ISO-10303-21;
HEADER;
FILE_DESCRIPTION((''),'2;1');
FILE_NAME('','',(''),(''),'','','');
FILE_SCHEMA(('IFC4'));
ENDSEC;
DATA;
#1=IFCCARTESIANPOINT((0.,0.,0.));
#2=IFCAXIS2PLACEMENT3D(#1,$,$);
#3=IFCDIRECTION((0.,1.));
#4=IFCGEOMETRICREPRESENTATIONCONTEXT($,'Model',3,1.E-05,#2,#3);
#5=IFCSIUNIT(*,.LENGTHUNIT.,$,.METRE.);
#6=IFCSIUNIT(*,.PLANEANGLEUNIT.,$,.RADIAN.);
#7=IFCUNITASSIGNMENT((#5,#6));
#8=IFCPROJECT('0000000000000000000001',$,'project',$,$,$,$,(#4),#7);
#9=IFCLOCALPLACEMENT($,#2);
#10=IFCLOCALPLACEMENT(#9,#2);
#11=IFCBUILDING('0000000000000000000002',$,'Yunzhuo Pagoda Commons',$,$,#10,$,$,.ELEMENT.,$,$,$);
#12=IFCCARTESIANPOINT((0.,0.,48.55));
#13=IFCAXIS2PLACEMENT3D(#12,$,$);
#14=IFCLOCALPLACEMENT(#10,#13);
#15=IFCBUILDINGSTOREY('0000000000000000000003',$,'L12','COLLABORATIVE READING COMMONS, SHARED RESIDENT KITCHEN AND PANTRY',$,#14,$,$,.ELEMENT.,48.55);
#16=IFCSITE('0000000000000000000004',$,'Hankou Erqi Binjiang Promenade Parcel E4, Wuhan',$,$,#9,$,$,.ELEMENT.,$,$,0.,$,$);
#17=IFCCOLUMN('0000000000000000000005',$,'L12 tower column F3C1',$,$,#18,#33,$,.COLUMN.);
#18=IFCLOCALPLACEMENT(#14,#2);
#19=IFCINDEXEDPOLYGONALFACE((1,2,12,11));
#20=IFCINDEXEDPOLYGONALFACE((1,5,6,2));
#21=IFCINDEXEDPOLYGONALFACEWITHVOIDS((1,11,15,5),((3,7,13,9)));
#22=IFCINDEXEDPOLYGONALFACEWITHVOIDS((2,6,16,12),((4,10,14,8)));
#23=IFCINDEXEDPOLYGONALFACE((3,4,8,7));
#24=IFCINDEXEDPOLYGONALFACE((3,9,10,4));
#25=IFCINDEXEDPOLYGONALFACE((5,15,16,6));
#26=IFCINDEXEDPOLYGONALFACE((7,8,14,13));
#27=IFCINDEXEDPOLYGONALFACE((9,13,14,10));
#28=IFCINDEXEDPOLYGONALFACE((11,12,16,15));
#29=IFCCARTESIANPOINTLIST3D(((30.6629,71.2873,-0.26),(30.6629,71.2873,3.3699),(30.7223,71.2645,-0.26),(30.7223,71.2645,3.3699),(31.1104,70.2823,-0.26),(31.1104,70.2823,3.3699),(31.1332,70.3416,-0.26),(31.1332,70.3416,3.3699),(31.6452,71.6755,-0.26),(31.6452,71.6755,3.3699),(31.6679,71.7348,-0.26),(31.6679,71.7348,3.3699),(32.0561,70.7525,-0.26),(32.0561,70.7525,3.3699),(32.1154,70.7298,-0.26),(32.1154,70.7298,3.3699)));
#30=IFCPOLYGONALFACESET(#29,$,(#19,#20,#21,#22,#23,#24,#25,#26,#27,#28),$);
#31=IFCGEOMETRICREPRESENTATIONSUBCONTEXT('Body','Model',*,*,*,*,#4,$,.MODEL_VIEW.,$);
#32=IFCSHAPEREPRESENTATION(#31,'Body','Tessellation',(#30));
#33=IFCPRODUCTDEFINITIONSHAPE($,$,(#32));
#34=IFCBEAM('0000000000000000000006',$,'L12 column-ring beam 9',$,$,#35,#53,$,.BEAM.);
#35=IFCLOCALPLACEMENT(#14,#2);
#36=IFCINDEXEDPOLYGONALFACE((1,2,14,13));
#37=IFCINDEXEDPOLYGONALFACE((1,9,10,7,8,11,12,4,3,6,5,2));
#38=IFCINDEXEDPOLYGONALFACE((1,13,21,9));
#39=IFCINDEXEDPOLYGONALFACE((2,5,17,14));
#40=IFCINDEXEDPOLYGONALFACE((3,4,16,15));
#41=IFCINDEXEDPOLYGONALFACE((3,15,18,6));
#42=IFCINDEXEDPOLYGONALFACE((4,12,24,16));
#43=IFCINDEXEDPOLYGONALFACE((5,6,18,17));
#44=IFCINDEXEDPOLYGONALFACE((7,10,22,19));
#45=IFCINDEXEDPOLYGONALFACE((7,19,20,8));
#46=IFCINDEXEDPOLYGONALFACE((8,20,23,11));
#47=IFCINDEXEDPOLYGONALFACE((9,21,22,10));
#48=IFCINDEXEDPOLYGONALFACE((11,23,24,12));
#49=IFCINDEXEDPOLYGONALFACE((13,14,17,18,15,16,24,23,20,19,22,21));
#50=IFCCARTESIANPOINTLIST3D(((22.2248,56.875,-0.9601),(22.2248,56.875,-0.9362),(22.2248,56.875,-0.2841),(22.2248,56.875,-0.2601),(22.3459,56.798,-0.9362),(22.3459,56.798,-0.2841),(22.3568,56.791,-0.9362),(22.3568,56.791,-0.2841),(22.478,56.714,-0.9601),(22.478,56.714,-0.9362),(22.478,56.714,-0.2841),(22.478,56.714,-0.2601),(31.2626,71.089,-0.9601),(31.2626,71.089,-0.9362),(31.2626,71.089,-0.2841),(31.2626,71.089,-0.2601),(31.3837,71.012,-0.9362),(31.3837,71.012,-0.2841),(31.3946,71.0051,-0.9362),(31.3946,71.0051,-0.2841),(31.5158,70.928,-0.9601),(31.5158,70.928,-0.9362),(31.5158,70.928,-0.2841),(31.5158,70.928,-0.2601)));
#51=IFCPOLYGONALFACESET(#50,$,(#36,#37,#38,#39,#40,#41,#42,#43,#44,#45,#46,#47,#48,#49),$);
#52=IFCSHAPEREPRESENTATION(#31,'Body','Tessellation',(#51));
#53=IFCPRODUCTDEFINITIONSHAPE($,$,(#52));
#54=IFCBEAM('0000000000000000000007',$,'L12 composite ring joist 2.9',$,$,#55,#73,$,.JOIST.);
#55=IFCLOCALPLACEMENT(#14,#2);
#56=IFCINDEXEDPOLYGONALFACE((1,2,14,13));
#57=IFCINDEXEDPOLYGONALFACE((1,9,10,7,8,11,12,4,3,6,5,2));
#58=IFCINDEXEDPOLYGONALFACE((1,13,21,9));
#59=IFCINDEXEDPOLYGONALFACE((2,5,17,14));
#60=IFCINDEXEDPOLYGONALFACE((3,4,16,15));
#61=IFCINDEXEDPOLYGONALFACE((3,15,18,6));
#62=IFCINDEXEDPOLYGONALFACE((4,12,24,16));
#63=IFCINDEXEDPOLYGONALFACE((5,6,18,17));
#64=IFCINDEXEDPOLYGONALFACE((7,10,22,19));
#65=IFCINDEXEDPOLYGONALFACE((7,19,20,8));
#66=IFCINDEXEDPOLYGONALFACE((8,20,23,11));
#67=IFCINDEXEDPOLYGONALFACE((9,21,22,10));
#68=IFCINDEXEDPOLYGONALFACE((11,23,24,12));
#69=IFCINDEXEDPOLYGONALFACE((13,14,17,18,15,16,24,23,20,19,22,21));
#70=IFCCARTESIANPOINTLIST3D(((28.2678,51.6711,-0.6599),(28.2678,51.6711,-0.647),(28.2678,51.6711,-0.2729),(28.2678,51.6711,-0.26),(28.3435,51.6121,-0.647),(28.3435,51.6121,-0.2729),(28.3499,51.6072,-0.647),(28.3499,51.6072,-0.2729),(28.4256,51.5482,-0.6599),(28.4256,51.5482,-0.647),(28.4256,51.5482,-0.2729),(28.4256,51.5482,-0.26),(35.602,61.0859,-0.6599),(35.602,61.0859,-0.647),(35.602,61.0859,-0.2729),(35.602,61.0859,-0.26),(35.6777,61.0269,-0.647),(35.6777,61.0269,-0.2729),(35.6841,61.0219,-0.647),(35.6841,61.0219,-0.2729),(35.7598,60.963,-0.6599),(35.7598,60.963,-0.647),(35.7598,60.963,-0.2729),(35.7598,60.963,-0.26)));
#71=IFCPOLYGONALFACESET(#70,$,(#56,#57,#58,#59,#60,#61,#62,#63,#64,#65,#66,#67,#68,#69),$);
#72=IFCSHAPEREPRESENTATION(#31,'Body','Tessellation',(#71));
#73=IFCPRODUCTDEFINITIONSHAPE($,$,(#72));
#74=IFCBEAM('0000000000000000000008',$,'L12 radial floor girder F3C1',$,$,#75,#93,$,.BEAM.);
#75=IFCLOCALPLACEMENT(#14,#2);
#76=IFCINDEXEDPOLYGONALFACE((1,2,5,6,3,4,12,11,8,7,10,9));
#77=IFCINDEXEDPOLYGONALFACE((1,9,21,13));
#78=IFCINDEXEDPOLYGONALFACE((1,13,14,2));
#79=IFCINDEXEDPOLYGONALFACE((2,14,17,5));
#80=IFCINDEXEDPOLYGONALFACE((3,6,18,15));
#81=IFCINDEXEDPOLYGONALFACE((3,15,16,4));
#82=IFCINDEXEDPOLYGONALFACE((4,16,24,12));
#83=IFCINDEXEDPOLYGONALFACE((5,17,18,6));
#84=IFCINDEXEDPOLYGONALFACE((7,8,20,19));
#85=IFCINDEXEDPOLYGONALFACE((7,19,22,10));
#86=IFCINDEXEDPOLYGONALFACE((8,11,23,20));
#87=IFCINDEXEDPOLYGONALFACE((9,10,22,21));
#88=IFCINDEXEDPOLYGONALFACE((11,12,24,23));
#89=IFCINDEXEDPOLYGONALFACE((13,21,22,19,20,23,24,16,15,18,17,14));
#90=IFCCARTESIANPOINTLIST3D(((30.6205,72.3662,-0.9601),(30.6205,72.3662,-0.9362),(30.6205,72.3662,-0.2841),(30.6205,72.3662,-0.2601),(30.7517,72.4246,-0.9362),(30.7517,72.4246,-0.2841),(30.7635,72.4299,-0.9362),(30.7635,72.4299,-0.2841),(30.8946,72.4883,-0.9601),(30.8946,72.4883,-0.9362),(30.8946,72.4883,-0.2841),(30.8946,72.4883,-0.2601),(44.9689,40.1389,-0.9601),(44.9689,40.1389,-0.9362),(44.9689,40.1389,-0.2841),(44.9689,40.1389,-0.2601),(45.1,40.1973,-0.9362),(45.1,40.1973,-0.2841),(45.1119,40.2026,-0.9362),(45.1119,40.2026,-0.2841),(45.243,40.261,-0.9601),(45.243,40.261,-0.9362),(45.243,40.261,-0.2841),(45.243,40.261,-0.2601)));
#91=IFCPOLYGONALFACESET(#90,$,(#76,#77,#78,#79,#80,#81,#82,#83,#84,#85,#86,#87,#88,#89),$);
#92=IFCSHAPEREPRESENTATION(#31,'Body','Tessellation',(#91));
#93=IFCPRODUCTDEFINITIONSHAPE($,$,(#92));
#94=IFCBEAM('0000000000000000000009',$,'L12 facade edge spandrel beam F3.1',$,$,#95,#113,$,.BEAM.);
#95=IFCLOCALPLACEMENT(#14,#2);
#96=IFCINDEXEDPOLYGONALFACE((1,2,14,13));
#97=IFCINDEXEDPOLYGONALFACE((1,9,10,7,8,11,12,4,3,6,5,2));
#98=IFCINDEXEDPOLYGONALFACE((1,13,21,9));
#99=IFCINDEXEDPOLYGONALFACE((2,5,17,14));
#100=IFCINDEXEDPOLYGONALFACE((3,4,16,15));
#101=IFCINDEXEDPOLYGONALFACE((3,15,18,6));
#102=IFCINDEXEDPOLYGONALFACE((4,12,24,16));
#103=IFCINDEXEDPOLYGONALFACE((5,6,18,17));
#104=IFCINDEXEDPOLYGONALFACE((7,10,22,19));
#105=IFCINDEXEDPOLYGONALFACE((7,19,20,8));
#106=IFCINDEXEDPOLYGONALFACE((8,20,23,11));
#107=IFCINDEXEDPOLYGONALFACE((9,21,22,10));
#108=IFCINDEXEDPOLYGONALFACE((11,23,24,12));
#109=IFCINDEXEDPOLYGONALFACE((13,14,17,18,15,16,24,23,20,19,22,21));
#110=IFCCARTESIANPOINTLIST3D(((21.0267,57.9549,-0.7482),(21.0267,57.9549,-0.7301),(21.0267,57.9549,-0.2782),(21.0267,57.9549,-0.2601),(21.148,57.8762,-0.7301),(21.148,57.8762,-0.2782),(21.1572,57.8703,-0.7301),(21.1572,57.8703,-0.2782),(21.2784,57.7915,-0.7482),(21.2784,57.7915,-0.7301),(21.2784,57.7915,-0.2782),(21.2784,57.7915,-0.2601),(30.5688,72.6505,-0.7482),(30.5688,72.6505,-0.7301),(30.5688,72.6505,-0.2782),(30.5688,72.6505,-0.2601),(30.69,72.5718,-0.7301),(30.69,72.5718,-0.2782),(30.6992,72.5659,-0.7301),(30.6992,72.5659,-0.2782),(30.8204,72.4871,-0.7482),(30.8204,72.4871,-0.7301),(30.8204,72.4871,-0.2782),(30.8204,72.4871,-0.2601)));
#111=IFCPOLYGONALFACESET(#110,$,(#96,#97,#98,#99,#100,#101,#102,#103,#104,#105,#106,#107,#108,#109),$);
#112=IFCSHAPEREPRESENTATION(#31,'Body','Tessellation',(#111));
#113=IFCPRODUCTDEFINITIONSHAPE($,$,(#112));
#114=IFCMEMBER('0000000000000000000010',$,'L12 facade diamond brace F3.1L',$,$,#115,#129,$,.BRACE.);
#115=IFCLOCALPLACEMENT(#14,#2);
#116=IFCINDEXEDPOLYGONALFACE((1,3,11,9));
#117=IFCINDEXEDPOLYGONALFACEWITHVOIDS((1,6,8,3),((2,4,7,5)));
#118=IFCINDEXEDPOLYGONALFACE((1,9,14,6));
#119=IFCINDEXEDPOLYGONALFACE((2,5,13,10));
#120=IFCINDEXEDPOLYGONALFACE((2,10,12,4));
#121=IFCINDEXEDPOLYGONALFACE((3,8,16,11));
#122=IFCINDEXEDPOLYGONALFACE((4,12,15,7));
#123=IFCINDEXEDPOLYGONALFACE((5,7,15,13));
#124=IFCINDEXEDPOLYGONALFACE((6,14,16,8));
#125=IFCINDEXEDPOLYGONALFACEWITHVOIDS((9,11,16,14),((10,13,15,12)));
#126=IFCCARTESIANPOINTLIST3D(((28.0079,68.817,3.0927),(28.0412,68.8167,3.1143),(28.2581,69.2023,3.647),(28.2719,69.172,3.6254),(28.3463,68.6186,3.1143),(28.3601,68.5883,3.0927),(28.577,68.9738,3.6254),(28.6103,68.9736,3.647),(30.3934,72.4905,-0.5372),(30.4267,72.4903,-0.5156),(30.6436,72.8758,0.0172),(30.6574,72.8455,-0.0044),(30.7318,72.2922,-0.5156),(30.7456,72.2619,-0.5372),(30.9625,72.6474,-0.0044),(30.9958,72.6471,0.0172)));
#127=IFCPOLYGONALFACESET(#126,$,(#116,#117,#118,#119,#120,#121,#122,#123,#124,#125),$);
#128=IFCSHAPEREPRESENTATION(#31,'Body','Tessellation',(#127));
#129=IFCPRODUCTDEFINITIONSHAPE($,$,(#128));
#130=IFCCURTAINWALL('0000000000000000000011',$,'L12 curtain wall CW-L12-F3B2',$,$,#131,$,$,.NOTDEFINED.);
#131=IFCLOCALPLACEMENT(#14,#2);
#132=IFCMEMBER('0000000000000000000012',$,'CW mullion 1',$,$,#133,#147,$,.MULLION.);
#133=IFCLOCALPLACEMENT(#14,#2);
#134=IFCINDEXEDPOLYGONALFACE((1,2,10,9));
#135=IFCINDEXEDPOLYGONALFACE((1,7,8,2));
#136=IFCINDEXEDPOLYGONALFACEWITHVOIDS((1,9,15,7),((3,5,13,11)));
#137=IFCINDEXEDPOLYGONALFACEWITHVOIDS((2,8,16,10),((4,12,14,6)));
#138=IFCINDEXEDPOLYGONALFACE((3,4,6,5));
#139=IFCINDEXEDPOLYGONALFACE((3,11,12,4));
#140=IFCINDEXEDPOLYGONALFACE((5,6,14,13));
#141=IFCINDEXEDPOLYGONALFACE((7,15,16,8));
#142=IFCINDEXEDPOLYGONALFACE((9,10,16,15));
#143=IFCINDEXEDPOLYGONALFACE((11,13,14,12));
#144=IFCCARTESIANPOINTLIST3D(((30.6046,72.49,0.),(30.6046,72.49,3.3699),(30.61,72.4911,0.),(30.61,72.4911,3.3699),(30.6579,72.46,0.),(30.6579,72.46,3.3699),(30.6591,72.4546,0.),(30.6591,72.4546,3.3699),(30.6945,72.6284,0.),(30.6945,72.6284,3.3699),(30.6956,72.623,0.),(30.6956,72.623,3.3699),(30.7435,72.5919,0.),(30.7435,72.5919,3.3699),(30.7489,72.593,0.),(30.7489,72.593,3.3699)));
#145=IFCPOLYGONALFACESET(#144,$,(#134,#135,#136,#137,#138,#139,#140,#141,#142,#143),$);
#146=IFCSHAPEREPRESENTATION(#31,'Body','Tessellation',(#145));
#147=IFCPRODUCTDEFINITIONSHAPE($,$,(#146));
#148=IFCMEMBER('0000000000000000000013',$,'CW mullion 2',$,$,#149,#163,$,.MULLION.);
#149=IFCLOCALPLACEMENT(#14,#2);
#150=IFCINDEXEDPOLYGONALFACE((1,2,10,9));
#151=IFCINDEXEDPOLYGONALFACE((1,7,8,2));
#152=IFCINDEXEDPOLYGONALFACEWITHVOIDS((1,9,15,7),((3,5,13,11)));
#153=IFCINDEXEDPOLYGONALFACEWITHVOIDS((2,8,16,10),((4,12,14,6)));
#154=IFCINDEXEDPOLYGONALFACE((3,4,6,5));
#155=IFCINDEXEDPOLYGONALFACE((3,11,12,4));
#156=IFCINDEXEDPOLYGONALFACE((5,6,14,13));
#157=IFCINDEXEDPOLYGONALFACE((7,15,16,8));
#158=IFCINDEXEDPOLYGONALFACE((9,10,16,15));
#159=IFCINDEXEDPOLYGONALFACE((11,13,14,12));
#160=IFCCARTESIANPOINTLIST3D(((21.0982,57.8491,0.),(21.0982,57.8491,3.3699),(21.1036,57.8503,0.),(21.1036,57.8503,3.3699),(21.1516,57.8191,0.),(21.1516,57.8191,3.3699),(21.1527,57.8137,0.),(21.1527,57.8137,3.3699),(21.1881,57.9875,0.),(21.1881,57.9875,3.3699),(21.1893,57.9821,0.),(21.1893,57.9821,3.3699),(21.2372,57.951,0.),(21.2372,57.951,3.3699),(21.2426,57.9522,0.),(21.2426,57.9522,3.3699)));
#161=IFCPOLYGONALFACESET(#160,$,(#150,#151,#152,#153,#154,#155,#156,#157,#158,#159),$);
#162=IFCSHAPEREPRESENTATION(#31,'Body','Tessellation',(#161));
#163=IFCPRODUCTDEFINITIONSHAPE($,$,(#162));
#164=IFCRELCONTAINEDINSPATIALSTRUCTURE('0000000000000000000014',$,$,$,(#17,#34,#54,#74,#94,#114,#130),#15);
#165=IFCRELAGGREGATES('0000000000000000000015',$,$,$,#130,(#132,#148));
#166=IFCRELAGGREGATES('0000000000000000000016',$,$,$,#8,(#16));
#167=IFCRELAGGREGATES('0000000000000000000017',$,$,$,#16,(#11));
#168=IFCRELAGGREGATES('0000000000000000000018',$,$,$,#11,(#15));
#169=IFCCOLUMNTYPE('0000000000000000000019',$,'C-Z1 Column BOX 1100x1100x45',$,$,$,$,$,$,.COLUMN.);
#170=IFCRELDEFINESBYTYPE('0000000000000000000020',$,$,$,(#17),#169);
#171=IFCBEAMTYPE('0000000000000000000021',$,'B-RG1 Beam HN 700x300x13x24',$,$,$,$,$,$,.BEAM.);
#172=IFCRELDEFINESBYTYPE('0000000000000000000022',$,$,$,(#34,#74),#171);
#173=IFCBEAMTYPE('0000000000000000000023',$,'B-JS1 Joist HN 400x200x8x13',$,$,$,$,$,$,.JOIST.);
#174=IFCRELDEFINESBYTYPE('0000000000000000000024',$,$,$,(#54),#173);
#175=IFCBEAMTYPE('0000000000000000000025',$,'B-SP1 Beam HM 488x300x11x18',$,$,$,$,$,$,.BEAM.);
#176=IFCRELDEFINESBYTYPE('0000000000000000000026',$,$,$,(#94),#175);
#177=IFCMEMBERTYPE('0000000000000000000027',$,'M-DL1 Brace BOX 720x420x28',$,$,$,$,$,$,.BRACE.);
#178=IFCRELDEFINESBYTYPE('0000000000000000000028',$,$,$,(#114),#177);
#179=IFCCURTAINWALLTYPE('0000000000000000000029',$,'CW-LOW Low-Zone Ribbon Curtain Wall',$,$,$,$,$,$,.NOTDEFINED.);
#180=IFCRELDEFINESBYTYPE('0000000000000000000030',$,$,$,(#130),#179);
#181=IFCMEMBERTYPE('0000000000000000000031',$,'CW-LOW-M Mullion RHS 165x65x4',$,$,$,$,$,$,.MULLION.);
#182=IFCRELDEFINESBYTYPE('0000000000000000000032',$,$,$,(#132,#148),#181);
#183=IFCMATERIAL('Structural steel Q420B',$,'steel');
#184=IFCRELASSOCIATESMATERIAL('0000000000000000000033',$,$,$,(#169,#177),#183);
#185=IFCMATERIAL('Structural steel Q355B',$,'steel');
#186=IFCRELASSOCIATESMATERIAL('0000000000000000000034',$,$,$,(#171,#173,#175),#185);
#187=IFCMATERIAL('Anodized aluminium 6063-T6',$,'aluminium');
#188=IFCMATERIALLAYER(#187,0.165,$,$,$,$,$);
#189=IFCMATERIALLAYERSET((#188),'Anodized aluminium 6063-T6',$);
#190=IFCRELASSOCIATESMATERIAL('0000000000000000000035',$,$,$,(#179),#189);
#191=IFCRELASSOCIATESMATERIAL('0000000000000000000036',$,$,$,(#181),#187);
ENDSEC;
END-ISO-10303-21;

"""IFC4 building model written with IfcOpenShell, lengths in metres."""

from ifc_helpers import new_model, si_unit, direction, frame, origin, origin_2d, place, context, subcontext, project, spatial, hollow_rectangle, i_section, extrude, source, transform, mapped, material, layer, layer_set, material_profile, profile_set, type_object, element, aggregate, save


model = new_model("IFC4")

# Units and contexts
model_context = context("Model", 3, precision=1e-05, world=origin(), true_north=direction((0.0, 1.0)))
body_context = subcontext(model_context, "Body", "Model", "MODEL_VIEW")
ifc_project = project(units=[si_unit("LENGTHUNIT", "METRE"), si_unit("PLANEANGLEUNIT", "RADIAN")], contexts=[model_context])

# Site, building, storey
site_placement = place(None, origin())
site = spatial("IfcSite", under=ifc_project, at=site_placement, Name="Hankou Erqi Binjiang Promenade Parcel E4, Wuhan", CompositionType="ELEMENT", RefElevation=0.0)
building_placement = place(site_placement, origin())
building = spatial("IfcBuilding", under=site, at=building_placement, Name="Yunzhuo Pagoda Commons", CompositionType="ELEMENT")
storey_placement = place(building_placement, frame((0.0, 0.0, 48.55)))
storey = spatial("IfcBuildingStorey", under=building, at=storey_placement, Name="L12", Description="COLLABORATIVE READING COMMONS, SHARED RESIDENT KITCHEN AND PANTRY", CompositionType="ELEMENT", Elevation=48.55)

# Column
ifc_material_1 = material(Name="Structural steel Q420B", Category="steel")
ifc_material_profile_1 = material_profile(ifc_material_1, hollow_rectangle(XDim=1.1001, YDim=1.1001, WallThickness=0.0449, at=origin_2d()), Name="Structural steel Q420B")
ifc_profile_set_1 = profile_set([ifc_material_profile_1], Name="Structural steel Q420B")
column_type = type_object("IfcColumnType", Name="C-Z1 Column BOX 1100x1100x45", PredefinedType="COLUMN", material=ifc_profile_set_1)
shared_shape_1 = source(origin(), body_context, "Body", "SweptSolid", [
    extrude(hollow_rectangle(XDim=1.1001, YDim=1.1001, WallThickness=0.0449, at=origin_2d()), origin(), (0.0, 0.0, 1.0), 3.6299),
])
column_placement = place(storey_placement, frame((31.3892, 71.0085, -0.26), z_axis=(0.0, 0.0, 1.0), x_axis=(-0.913545, -0.406737, 0.0)))
element("IfcColumn", 1, at=column_placement, inside=storey, type_object=column_type, Name="L12 tower column F3C1", PredefinedType="COLUMN", context=body_context, shape_type="MappedRepresentation", body=[
    mapped(shared_shape_1, transform((0.0, 0.0, 0.0), scale=1.0)),
])

# Beams
ifc_material_2 = material(Name="Structural steel Q355B", Category="steel")
ifc_material_profile_2 = material_profile(ifc_material_2, i_section(OverallWidth=0.3, OverallDepth=0.7, WebThickness=0.0129, FlangeThickness=0.0239, at=origin_2d()), Name="Structural steel Q355B")
ifc_profile_set_2 = profile_set([ifc_material_profile_2], Name="Structural steel Q355B")
beam_type_1 = type_object("IfcBeamType", Name="B-RG1 Beam HN 700x300x13x24", PredefinedType="BEAM", material=ifc_profile_set_2)
shared_shape_2 = source(origin(), body_context, "Body", "SweptSolid", [
    extrude(i_section(OverallWidth=0.3, OverallDepth=0.7, WebThickness=0.0129, FlangeThickness=0.0239, at=origin_2d()), origin(), (0.0, 0.0, 1.0), 16.844),
])
beam_1_placement = place(storey_placement, frame((31.3892, 71.0085, -0.6101), z_axis=(-0.536558, -0.843863, 0.0), x_axis=(0.843863, -0.536558, 0.0)))
element("IfcBeam", 2, at=beam_1_placement, inside=storey, type_object=beam_type_1, Name="L12 column-ring beam 9", PredefinedType="BEAM", context=body_context, shape_type="MappedRepresentation", body=[
    mapped(shared_shape_2, transform((0.0, 0.0, 0.0), scale=1.0)),
])
ifc_material_profile_3 = material_profile(ifc_material_2, i_section(OverallWidth=0.2, OverallDepth=0.3999, WebThickness=0.0081, FlangeThickness=0.0129, at=origin_2d()), Name="Structural steel Q355B")
ifc_profile_set_3 = profile_set([ifc_material_profile_3], Name="Structural steel Q355B")
beam_type_2 = type_object("IfcBeamType", Name="B-JS1 Joist HN 400x200x8x13", PredefinedType="JOIST", material=ifc_profile_set_3)
shared_shape_3 = source(origin(), body_context, "Body", "SweptSolid", [
    extrude(i_section(OverallWidth=0.2, OverallDepth=0.3999, WebThickness=0.0081, FlangeThickness=0.0129, at=origin_2d()), origin(), (0.0, 0.0, 1.0), 11.9343),
])
beam_2_placement = place(storey_placement, frame((35.6809, 61.0244, -0.46), z_axis=(-0.614547, -0.788881, 0.0), x_axis=(0.788881, -0.614547, 0.0)))
element("IfcBeam", 3, at=beam_2_placement, inside=storey, type_object=beam_type_2, Name="L12 composite ring joist 2.9", PredefinedType="JOIST", context=body_context, shape_type="MappedRepresentation", body=[
    mapped(shared_shape_3, transform((0.0, 0.0, 0.0), scale=1.0)),
])
shared_shape_4 = source(origin(), body_context, "Body", "SweptSolid", [
    extrude(i_section(OverallWidth=0.3, OverallDepth=0.7, WebThickness=0.0129, FlangeThickness=0.0239, at=origin_2d()), origin(), (0.0, 0.0, 1.0), 35.2771),
])
beam_3_placement = place(storey_placement, frame((30.7576, 72.4272, -0.6101), z_axis=(0.406734, -0.913547, 0.0), x_axis=(0.913547, 0.406734, 0.0)))
element("IfcBeam", 4, at=beam_3_placement, inside=storey, type_object=beam_type_1, Name="L12 radial floor girder F3C1", PredefinedType="BEAM", context=body_context, shape_type="MappedRepresentation", body=[
    mapped(shared_shape_4, transform((0.0, 0.0, 0.0), scale=1.0)),
])
ifc_material_profile_4 = material_profile(ifc_material_2, i_section(OverallWidth=0.3, OverallDepth=0.488, WebThickness=0.011, FlangeThickness=0.0181, at=origin_2d()), Name="Structural steel Q355B")
ifc_profile_set_4 = profile_set([ifc_material_profile_4], Name="Structural steel Q355B")
beam_type_3 = type_object("IfcBeamType", Name="B-SP1 Beam HM 488x300x11x18", PredefinedType="BEAM", material=ifc_profile_set_4)
shared_shape_5 = source(origin(), body_context, "Body", "SweptSolid", [
    extrude(i_section(OverallWidth=0.3, OverallDepth=0.488, WebThickness=0.011, FlangeThickness=0.0181, at=origin_2d()), origin(), (0.0, 0.0, 1.0), 17.5217),
])
beam_4_placement = place(storey_placement, frame((30.6946, 72.5688, -0.5042), z_axis=(-0.544582, -0.838707, 0.0), x_axis=(0.838707, -0.544582, 0.0)))
element("IfcBeam", 5, at=beam_4_placement, inside=storey, type_object=beam_type_3, Name="L12 facade edge spandrel beam F3.1", PredefinedType="BEAM", context=body_context, shape_type="MappedRepresentation", body=[
    mapped(shared_shape_5, transform((0.0, 0.0, 0.0), scale=1.0)),
])

# Member
ifc_material_profile_5 = material_profile(ifc_material_1, hollow_rectangle(XDim=0.4199, YDim=0.72, WallThickness=0.0281, at=origin_2d()), Name="Structural steel Q420B")
ifc_profile_set_5 = profile_set([ifc_material_profile_5], Name="Structural steel Q420B")
member_type_1 = type_object("IfcMemberType", Name="M-DL1 Brace BOX 720x420x28", PredefinedType="BRACE", material=ifc_profile_set_5)
shared_shape_6 = source(origin(), body_context, "Body", "SweptSolid", [
    extrude(hollow_rectangle(XDim=0.4199, YDim=0.72, WallThickness=0.0281, at=origin_2d()), origin(), (0.0, 0.0, 1.0), 5.6887),
])
member_1_placement = place(storey_placement, frame((30.6946, 72.5688, -0.26), z_axis=(-0.419336, -0.645763, 0.638081), x_axis=(0.838687, -0.544614, 0.0)))
element("IfcMember", 6, at=member_1_placement, inside=storey, type_object=member_type_1, Name="L12 facade diamond brace F3.1L", PredefinedType="BRACE", context=body_context, shape_type="MappedRepresentation", body=[
    mapped(shared_shape_6, transform((0.0, 0.0, 0.0), scale=1.0)),
])

# Curtain wall, members
ifc_material_3 = material(Name="Anodized aluminium 6063-T6", Category="aluminium")
ifc_layer_1 = layer(ifc_material_3, 0.165)
ifc_layer_set_1 = layer_set([ifc_layer_1], Name="Anodized aluminium 6063-T6")
curtain_wall_type = type_object("IfcCurtainWallType", Name="CW-LOW Low-Zone Ribbon Curtain Wall", PredefinedType="NOTDEFINED", material=ifc_layer_set_1)
curtain_wall_1_placement = place(storey_placement, origin())
curtain_wall_1 = element("IfcCurtainWall", 7, at=curtain_wall_1_placement, inside=storey, type_object=curtain_wall_type, Name="L12 curtain wall CW-L12-F3B2", PredefinedType="NOTDEFINED")
ifc_material_profile_6 = material_profile(ifc_material_3, hollow_rectangle(XDim=0.0649, YDim=0.165, WallThickness=0.0039, at=origin_2d()), Name="Anodized aluminium 6063-T6")
ifc_profile_set_6 = profile_set([ifc_material_profile_6], Name="Anodized aluminium 6063-T6")
member_type_2 = type_object("IfcMemberType", Name="CW-LOW-M Mullion RHS 165x65x4", PredefinedType="MULLION", material=ifc_profile_set_6)
shared_shape_7 = source(origin(), body_context, "Body", "SweptSolid", [
    extrude(hollow_rectangle(XDim=0.0649, YDim=0.165, WallThickness=0.0039, at=origin_2d()), origin(), (0.0, 0.0, 1.0), 3.3699),
])
member_2_placement = place(storey_placement, frame((30.6768, 72.5415, 0.0), z_axis=(0.0, 0.0, 1.0), x_axis=(0.83871, -0.544579, 0.0)))
member_2 = element("IfcMember", 8, at=member_2_placement, type_object=member_type_2, Name="CW mullion 1", PredefinedType="MULLION", context=body_context, shape_type="MappedRepresentation", body=[
    mapped(shared_shape_7, transform((0.0, 0.0, 0.0), scale=1.0)),
])
member_3_placement = place(storey_placement, frame((21.1704, 57.9006, 0.0), z_axis=(0.0, 0.0, 1.0), x_axis=(0.83871, -0.544579, 0.0)))
member_3 = element("IfcMember", 9, at=member_3_placement, type_object=member_type_2, Name="CW mullion 2", PredefinedType="MULLION", context=body_context, shape_type="MappedRepresentation", body=[
    mapped(shared_shape_7, transform((0.0, 0.0, 0.0), scale=1.0)),
])

aggregate(curtain_wall_1, [member_2, member_3])

save(model, "model.ifc")
